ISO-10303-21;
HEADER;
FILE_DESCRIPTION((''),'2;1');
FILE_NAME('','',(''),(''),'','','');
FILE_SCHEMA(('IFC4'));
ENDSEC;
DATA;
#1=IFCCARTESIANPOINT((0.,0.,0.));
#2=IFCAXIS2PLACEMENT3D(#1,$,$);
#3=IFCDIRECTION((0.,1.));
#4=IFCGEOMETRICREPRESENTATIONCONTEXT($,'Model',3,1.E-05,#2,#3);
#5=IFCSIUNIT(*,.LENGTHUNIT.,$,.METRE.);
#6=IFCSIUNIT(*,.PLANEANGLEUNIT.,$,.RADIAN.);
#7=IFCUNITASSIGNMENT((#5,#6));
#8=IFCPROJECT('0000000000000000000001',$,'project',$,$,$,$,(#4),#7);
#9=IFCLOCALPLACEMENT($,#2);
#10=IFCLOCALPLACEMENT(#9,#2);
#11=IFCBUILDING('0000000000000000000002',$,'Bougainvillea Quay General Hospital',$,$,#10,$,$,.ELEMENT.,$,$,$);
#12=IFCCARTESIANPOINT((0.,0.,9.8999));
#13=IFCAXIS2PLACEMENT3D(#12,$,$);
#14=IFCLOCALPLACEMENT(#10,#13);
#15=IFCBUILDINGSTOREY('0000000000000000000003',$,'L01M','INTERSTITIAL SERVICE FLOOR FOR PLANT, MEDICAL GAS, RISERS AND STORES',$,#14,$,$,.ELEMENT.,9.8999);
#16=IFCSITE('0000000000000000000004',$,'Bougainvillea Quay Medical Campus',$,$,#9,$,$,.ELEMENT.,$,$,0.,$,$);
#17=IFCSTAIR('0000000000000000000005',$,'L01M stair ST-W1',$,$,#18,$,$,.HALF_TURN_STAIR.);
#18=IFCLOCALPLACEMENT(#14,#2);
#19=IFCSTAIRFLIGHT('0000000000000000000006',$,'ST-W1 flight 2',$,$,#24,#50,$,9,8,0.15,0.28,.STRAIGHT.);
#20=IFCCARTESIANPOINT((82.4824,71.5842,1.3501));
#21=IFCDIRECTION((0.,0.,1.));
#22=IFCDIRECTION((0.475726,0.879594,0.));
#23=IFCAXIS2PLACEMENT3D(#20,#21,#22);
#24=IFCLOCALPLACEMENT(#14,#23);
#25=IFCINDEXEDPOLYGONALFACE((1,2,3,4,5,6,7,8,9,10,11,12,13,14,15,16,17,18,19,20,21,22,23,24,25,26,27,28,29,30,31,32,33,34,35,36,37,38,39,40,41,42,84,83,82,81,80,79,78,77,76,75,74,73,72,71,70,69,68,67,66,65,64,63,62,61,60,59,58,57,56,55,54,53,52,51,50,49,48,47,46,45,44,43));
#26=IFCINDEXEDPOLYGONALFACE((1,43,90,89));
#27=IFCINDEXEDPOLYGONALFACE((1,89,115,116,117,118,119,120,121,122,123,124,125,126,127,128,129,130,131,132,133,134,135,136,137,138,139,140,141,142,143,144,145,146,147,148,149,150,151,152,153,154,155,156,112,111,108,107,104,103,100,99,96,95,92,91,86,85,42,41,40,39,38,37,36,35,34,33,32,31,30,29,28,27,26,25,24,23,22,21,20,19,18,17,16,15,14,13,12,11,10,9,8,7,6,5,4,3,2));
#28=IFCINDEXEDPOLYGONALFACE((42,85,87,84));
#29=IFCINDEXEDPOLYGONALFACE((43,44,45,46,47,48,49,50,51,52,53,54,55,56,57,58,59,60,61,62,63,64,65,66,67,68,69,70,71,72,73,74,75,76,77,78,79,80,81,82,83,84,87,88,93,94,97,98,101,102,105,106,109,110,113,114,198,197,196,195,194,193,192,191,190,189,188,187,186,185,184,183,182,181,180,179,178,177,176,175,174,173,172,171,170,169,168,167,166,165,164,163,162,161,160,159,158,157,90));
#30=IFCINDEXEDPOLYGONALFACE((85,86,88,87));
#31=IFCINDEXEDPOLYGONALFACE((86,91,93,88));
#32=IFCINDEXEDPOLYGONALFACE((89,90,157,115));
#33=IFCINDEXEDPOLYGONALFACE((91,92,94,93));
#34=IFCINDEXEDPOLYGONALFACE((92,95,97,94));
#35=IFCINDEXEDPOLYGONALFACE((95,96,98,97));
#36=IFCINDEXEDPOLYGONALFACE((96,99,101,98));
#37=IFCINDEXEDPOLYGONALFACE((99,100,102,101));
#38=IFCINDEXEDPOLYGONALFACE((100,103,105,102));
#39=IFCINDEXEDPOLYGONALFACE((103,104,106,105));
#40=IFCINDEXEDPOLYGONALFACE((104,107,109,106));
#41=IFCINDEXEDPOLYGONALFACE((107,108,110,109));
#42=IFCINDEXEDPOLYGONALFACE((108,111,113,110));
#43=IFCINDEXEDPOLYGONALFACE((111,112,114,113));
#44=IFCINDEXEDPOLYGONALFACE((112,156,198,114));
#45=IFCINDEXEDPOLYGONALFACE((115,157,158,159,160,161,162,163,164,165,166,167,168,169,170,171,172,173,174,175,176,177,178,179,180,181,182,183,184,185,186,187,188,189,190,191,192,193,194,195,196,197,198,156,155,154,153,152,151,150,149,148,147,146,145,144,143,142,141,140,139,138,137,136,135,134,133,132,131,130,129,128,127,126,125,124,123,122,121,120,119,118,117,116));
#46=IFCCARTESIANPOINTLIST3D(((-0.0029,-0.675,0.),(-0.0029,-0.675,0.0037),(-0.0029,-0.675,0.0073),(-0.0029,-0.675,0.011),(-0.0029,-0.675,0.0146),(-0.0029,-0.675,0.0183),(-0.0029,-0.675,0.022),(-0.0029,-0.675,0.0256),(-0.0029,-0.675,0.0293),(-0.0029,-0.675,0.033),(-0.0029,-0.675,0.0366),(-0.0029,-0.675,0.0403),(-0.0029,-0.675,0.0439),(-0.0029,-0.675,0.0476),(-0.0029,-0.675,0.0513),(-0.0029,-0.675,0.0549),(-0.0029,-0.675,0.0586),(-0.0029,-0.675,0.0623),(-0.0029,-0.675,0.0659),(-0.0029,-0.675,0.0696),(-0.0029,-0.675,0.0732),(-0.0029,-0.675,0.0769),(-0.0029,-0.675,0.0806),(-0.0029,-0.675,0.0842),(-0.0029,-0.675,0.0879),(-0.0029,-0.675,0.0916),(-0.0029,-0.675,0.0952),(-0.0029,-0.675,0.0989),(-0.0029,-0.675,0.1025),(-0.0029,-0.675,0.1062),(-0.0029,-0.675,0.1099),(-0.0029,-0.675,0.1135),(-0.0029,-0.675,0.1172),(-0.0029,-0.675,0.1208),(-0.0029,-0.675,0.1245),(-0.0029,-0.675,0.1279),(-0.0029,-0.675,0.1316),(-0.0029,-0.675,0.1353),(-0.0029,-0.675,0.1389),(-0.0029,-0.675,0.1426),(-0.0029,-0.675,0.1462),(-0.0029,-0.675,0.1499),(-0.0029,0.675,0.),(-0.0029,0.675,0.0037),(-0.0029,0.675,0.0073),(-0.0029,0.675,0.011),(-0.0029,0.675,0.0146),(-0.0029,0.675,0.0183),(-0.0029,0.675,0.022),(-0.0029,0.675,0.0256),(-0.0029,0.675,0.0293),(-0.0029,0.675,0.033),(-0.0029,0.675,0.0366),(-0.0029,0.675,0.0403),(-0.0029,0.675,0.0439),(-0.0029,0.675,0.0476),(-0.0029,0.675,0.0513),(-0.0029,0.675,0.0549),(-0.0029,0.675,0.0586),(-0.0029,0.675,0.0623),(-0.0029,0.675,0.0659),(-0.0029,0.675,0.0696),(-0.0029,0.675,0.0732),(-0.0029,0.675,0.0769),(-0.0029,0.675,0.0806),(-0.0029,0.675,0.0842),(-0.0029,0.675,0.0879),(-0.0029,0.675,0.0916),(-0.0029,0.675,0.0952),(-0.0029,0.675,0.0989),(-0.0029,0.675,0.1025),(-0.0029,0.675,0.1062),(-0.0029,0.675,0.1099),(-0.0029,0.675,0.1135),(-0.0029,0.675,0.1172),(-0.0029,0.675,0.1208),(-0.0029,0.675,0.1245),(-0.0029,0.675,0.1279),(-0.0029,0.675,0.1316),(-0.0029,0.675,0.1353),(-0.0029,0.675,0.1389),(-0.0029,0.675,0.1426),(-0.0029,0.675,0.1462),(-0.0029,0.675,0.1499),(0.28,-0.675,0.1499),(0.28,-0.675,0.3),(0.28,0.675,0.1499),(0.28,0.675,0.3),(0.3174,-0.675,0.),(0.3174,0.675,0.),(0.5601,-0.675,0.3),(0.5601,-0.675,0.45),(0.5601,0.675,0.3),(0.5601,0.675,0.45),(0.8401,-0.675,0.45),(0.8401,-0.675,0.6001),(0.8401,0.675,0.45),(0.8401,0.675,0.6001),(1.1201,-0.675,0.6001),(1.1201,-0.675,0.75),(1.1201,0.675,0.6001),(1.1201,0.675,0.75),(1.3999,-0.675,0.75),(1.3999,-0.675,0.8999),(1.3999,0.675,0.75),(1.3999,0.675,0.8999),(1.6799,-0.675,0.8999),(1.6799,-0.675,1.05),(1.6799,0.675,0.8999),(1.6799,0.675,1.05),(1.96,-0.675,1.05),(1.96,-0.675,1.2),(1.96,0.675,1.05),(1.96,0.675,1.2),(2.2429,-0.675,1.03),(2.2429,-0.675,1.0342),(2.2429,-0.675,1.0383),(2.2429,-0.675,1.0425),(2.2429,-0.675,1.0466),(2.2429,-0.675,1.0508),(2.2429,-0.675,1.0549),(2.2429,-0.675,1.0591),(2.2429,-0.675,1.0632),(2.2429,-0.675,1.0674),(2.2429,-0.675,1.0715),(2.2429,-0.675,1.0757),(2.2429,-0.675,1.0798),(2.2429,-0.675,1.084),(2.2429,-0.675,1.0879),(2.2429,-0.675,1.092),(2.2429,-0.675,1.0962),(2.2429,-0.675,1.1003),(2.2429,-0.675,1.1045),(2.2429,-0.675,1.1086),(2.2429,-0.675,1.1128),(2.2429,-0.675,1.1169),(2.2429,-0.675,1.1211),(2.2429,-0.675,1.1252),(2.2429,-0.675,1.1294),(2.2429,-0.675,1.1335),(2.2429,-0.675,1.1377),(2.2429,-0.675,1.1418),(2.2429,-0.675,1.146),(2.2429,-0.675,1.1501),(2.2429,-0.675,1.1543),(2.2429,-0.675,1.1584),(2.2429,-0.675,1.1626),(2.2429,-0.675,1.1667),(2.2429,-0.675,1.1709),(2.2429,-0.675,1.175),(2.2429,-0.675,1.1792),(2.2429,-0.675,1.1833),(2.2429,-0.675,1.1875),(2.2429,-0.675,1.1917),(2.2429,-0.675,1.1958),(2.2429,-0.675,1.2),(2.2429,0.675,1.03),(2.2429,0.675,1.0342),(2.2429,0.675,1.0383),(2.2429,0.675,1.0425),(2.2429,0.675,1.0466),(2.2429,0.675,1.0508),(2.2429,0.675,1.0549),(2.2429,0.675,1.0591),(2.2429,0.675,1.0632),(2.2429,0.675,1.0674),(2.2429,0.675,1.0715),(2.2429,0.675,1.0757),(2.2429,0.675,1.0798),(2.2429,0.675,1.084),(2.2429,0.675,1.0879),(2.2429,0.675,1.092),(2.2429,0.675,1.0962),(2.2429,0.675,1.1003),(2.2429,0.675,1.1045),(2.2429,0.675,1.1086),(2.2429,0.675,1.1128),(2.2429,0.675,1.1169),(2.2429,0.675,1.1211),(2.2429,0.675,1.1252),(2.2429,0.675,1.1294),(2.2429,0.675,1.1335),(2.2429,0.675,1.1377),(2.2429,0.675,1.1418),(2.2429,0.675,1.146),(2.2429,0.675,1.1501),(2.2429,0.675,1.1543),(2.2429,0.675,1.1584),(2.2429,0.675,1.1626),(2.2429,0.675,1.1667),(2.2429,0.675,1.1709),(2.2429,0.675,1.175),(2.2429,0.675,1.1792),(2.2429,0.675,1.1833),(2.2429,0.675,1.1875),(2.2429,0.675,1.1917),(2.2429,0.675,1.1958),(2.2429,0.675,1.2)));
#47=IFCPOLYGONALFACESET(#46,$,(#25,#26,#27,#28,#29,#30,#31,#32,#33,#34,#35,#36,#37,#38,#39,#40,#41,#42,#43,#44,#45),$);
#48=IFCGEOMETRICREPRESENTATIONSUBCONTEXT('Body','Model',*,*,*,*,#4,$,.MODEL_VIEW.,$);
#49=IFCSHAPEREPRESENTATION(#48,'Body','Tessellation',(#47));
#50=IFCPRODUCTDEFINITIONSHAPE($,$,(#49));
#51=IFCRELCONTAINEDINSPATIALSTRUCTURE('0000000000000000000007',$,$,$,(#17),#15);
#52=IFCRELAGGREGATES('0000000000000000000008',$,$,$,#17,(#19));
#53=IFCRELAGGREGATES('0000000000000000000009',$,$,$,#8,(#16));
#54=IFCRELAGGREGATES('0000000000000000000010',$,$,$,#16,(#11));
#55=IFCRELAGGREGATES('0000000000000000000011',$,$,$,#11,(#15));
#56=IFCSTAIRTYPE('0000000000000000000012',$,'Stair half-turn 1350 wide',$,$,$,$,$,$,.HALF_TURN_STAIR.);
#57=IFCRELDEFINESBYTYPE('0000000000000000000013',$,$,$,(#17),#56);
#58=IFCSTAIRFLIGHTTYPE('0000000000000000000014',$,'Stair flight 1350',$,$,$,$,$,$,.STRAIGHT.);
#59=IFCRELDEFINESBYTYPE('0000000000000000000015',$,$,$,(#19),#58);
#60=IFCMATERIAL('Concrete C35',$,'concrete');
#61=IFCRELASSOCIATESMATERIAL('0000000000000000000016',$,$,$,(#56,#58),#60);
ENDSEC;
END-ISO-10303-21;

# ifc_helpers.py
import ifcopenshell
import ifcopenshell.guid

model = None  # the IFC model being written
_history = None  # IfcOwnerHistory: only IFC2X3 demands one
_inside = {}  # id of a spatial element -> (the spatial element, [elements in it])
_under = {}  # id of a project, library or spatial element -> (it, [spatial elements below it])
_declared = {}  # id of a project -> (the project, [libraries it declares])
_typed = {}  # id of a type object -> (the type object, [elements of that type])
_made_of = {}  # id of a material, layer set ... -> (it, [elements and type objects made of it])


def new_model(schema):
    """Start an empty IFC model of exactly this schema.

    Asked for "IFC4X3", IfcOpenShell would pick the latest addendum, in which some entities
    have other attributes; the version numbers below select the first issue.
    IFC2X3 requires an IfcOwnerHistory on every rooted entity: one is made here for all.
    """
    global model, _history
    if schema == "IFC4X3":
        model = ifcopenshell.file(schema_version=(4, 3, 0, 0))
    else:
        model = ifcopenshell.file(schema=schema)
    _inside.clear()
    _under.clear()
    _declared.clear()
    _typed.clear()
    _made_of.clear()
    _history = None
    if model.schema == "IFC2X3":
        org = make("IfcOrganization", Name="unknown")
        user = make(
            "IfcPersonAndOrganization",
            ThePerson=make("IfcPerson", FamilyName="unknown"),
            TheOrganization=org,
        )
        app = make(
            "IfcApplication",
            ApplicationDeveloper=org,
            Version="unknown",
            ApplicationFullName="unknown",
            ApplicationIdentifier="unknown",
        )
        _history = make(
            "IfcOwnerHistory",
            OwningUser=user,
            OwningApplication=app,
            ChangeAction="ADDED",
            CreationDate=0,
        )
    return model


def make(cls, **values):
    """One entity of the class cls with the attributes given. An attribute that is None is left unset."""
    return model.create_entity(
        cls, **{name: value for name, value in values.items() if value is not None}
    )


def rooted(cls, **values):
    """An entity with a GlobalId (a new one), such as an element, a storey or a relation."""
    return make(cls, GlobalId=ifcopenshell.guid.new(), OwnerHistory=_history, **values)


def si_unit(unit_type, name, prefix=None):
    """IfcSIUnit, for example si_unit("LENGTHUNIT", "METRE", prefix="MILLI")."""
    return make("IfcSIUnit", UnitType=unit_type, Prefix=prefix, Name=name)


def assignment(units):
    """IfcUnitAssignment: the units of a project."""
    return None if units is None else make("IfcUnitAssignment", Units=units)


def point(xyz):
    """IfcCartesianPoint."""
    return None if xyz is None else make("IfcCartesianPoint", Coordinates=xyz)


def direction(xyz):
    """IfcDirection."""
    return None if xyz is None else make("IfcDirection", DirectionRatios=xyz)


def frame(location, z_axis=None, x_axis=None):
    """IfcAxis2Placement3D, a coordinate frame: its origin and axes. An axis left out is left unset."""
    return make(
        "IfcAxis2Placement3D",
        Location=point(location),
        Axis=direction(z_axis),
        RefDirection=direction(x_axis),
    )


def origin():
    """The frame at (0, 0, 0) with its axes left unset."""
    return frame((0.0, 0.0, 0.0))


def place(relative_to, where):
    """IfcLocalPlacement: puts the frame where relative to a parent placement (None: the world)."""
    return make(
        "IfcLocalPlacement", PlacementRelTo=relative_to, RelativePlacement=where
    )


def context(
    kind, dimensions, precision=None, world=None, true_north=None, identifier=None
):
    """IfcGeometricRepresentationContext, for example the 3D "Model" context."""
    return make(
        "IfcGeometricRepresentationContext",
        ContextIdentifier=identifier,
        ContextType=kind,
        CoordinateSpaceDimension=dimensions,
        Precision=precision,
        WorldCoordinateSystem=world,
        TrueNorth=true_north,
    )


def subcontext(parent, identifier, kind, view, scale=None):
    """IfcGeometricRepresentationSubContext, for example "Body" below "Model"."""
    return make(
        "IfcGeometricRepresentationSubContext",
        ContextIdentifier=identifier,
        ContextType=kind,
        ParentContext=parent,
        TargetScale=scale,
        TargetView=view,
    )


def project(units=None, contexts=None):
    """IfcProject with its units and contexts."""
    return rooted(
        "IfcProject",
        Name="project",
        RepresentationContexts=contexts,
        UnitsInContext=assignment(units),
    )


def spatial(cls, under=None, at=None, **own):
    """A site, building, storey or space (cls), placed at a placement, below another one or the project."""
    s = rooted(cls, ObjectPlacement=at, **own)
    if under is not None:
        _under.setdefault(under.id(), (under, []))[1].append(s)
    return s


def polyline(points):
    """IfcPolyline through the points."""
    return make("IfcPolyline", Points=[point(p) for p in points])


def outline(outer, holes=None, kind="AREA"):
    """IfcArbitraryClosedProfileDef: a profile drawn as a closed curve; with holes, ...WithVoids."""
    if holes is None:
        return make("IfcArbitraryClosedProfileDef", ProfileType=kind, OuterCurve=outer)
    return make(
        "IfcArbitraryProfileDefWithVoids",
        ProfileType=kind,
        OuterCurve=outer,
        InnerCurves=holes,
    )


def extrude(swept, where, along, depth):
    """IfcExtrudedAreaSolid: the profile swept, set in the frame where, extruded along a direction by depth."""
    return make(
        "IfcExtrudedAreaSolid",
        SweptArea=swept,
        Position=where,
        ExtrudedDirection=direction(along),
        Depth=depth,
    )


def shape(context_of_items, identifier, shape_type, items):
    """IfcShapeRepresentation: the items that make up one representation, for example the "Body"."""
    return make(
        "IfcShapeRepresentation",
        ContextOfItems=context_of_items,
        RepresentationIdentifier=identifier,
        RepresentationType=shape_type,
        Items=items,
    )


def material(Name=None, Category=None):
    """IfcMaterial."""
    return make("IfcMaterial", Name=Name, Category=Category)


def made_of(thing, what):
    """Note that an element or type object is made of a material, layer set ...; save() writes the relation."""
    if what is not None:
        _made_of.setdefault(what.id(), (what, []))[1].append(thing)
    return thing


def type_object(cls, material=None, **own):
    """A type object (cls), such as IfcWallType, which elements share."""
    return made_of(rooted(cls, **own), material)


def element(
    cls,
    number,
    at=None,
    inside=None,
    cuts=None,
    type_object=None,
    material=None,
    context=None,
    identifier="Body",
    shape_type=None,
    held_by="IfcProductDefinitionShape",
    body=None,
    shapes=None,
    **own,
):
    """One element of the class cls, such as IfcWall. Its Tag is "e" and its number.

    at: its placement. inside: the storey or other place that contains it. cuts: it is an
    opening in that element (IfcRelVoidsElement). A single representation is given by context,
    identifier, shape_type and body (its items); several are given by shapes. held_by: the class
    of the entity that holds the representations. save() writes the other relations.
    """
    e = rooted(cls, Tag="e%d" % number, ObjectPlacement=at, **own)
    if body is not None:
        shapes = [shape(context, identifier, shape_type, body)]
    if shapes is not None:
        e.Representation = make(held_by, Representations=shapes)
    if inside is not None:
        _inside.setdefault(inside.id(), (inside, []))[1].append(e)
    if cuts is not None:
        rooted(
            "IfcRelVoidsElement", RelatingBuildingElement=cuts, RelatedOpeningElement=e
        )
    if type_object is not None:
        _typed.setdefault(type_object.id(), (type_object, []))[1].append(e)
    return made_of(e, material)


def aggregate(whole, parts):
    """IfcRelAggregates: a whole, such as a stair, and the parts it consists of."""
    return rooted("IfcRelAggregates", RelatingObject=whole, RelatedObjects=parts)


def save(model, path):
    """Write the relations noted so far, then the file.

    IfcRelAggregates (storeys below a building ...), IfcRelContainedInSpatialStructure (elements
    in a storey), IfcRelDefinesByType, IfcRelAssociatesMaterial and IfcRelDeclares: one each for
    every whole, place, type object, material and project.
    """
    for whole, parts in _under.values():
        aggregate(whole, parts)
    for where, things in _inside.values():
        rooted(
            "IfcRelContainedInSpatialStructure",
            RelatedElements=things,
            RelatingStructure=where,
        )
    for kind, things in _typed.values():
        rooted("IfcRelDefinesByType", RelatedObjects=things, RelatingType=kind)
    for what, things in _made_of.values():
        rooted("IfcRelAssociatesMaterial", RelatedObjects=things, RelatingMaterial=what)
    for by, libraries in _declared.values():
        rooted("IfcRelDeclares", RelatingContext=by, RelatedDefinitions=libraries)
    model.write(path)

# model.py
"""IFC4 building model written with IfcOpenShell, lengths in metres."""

from ifc_helpers import new_model, si_unit, direction, frame, origin, place, context, subcontext, project, spatial, polyline, outline, extrude, material, type_object, element, aggregate, save


model = new_model("IFC4")

# Units and contexts
model_context = context("Model", 3, precision=1e-05, world=origin(), true_north=direction((0.0, 1.0)))
body_context = subcontext(model_context, "Body", "Model", "MODEL_VIEW")
ifc_project = project(units=[si_unit("LENGTHUNIT", "METRE"), si_unit("PLANEANGLEUNIT", "RADIAN")], contexts=[model_context])

# Site, building, storey
site_placement = place(None, origin())
site = spatial("IfcSite", under=ifc_project, at=site_placement, Name="Bougainvillea Quay Medical Campus", CompositionType="ELEMENT", RefElevation=0.0)
building_placement = place(site_placement, origin())
building = spatial("IfcBuilding", under=site, at=building_placement, Name="Bougainvillea Quay General Hospital", CompositionType="ELEMENT")
storey_placement = place(building_placement, frame((0.0, 0.0, 9.8999)))
storey = spatial("IfcBuildingStorey", under=building, at=storey_placement, Name="L01M", Description="INTERSTITIAL SERVICE FLOOR FOR PLANT, MEDICAL GAS, RISERS AND STORES", CompositionType="ELEMENT", Elevation=9.8999)

# Stair, stair flight
ifc_material_1 = material(Name="Concrete C35", Category="concrete")
stair_type = type_object("IfcStairType", Name="Stair half-turn 1350 wide", PredefinedType="HALF_TURN_STAIR", material=ifc_material_1)
stair_placement = place(storey_placement, origin())
stair = element("IfcStair", 1, at=stair_placement, inside=storey, type_object=stair_type, Name="L01M stair ST-W1", PredefinedType="HALF_TURN_STAIR")
stair_flight_type = type_object("IfcStairFlightType", Name="Stair flight 1350", PredefinedType="STRAIGHT", material=ifc_material_1)
stair_flight_1_placement = place(storey_placement, frame((82.4824, 71.5842, 1.3501), z_axis=(0.0, 0.0, 1.0), x_axis=(0.475726, 0.879594, 0.0)))
stair_flight_1 = element("IfcStairFlight", 2, at=stair_flight_1_placement, type_object=stair_flight_type, Name="ST-W1 flight 2", NumberOfRisers=9, NumberOfTreads=8, PredefinedType="STRAIGHT", RiserHeight=0.15, TreadLength=0.28, context=body_context, shape_type="SweptSolid", body=[
    extrude(outline(polyline([(-0.0029, 0.0), (-0.0029, 0.0037), (-0.0029, 0.0073), (-0.0029, 0.011), (-0.0029, 0.0146), (-0.0029, 0.0183), (-0.0029, 0.022), (-0.0029, 0.0256), (-0.0029, 0.0293), (-0.0029, 0.033), (-0.0029, 0.0366), (-0.0029, 0.0403), (-0.0029, 0.0439), (-0.0029, 0.0476), (-0.0029, 0.0513), (-0.0029, 0.0549), (-0.0029, 0.0586), (-0.0029, 0.0623), (-0.0029, 0.0659), (-0.0029, 0.0696), (-0.0029, 0.0732), (-0.0029, 0.0769), (-0.0029, 0.0806), (-0.0029, 0.0842), (-0.0029, 0.0879), (-0.0029, 0.0916), (-0.0029, 0.0952), (-0.0029, 0.0989), (-0.0029, 0.1025), (-0.0029, 0.1062), (-0.0029, 0.1099), (-0.0029, 0.1135), (-0.0029, 0.1172), (-0.0029, 0.1208), (-0.0029, 0.1245), (-0.0029, 0.1279), (-0.0029, 0.1316), (-0.0029, 0.1353), (-0.0029, 0.1389), (-0.0029, 0.1426), (-0.0029, 0.1462), (-0.0029, 0.1499), (0.28, 0.1499), (0.28, 0.3), (0.5601, 0.3), (0.5601, 0.45), (0.8401, 0.45), (0.8401, 0.6001), (1.1201, 0.6001), (1.1201, 0.75), (1.3999, 0.75), (1.3999, 0.8999), (1.6799, 0.8999), (1.6799, 1.05), (1.96, 1.05), (1.96, 1.2), (2.2429, 1.2), (2.2429, 1.1958), (2.2429, 1.1917), (2.2429, 1.1875), (2.2429, 1.1833), (2.2429, 1.1792), (2.2429, 1.175), (2.2429, 1.1709), (2.2429, 1.1667), (2.2429, 1.1626), (2.2429, 1.1584), (2.2429, 1.1543), (2.2429, 1.1501), (2.2429, 1.146), (2.2429, 1.1418), (2.2429, 1.1377), (2.2429, 1.1335), (2.2429, 1.1294), (2.2429, 1.1252), (2.2429, 1.1211), (2.2429, 1.1169), (2.2429, 1.1128), (2.2429, 1.1086), (2.2429, 1.1045), (2.2429, 1.1003), (2.2429, 1.0962), (2.2429, 1.092), (2.2429, 1.0879), (2.2429, 1.084), (2.2429, 1.0798), (2.2429, 1.0757), (2.2429, 1.0715), (2.2429, 1.0674), (2.2429, 1.0632), (2.2429, 1.0591), (2.2429, 1.0549), (2.2429, 1.0508), (2.2429, 1.0466), (2.2429, 1.0425), (2.2429, 1.0383), (2.2429, 1.0342), (2.2429, 1.03), (0.3174, 0.0), (-0.0029, 0.0)])), frame((0.0, 0.675, 0.0), z_axis=(0.0, -1.0, 0.0), x_axis=(1.0, 0.0, 0.0)), (0.0, 0.0, 1.0), 1.3501),
])
aggregate(stair, [stair_flight_1])

save(model, "model.ifc")
